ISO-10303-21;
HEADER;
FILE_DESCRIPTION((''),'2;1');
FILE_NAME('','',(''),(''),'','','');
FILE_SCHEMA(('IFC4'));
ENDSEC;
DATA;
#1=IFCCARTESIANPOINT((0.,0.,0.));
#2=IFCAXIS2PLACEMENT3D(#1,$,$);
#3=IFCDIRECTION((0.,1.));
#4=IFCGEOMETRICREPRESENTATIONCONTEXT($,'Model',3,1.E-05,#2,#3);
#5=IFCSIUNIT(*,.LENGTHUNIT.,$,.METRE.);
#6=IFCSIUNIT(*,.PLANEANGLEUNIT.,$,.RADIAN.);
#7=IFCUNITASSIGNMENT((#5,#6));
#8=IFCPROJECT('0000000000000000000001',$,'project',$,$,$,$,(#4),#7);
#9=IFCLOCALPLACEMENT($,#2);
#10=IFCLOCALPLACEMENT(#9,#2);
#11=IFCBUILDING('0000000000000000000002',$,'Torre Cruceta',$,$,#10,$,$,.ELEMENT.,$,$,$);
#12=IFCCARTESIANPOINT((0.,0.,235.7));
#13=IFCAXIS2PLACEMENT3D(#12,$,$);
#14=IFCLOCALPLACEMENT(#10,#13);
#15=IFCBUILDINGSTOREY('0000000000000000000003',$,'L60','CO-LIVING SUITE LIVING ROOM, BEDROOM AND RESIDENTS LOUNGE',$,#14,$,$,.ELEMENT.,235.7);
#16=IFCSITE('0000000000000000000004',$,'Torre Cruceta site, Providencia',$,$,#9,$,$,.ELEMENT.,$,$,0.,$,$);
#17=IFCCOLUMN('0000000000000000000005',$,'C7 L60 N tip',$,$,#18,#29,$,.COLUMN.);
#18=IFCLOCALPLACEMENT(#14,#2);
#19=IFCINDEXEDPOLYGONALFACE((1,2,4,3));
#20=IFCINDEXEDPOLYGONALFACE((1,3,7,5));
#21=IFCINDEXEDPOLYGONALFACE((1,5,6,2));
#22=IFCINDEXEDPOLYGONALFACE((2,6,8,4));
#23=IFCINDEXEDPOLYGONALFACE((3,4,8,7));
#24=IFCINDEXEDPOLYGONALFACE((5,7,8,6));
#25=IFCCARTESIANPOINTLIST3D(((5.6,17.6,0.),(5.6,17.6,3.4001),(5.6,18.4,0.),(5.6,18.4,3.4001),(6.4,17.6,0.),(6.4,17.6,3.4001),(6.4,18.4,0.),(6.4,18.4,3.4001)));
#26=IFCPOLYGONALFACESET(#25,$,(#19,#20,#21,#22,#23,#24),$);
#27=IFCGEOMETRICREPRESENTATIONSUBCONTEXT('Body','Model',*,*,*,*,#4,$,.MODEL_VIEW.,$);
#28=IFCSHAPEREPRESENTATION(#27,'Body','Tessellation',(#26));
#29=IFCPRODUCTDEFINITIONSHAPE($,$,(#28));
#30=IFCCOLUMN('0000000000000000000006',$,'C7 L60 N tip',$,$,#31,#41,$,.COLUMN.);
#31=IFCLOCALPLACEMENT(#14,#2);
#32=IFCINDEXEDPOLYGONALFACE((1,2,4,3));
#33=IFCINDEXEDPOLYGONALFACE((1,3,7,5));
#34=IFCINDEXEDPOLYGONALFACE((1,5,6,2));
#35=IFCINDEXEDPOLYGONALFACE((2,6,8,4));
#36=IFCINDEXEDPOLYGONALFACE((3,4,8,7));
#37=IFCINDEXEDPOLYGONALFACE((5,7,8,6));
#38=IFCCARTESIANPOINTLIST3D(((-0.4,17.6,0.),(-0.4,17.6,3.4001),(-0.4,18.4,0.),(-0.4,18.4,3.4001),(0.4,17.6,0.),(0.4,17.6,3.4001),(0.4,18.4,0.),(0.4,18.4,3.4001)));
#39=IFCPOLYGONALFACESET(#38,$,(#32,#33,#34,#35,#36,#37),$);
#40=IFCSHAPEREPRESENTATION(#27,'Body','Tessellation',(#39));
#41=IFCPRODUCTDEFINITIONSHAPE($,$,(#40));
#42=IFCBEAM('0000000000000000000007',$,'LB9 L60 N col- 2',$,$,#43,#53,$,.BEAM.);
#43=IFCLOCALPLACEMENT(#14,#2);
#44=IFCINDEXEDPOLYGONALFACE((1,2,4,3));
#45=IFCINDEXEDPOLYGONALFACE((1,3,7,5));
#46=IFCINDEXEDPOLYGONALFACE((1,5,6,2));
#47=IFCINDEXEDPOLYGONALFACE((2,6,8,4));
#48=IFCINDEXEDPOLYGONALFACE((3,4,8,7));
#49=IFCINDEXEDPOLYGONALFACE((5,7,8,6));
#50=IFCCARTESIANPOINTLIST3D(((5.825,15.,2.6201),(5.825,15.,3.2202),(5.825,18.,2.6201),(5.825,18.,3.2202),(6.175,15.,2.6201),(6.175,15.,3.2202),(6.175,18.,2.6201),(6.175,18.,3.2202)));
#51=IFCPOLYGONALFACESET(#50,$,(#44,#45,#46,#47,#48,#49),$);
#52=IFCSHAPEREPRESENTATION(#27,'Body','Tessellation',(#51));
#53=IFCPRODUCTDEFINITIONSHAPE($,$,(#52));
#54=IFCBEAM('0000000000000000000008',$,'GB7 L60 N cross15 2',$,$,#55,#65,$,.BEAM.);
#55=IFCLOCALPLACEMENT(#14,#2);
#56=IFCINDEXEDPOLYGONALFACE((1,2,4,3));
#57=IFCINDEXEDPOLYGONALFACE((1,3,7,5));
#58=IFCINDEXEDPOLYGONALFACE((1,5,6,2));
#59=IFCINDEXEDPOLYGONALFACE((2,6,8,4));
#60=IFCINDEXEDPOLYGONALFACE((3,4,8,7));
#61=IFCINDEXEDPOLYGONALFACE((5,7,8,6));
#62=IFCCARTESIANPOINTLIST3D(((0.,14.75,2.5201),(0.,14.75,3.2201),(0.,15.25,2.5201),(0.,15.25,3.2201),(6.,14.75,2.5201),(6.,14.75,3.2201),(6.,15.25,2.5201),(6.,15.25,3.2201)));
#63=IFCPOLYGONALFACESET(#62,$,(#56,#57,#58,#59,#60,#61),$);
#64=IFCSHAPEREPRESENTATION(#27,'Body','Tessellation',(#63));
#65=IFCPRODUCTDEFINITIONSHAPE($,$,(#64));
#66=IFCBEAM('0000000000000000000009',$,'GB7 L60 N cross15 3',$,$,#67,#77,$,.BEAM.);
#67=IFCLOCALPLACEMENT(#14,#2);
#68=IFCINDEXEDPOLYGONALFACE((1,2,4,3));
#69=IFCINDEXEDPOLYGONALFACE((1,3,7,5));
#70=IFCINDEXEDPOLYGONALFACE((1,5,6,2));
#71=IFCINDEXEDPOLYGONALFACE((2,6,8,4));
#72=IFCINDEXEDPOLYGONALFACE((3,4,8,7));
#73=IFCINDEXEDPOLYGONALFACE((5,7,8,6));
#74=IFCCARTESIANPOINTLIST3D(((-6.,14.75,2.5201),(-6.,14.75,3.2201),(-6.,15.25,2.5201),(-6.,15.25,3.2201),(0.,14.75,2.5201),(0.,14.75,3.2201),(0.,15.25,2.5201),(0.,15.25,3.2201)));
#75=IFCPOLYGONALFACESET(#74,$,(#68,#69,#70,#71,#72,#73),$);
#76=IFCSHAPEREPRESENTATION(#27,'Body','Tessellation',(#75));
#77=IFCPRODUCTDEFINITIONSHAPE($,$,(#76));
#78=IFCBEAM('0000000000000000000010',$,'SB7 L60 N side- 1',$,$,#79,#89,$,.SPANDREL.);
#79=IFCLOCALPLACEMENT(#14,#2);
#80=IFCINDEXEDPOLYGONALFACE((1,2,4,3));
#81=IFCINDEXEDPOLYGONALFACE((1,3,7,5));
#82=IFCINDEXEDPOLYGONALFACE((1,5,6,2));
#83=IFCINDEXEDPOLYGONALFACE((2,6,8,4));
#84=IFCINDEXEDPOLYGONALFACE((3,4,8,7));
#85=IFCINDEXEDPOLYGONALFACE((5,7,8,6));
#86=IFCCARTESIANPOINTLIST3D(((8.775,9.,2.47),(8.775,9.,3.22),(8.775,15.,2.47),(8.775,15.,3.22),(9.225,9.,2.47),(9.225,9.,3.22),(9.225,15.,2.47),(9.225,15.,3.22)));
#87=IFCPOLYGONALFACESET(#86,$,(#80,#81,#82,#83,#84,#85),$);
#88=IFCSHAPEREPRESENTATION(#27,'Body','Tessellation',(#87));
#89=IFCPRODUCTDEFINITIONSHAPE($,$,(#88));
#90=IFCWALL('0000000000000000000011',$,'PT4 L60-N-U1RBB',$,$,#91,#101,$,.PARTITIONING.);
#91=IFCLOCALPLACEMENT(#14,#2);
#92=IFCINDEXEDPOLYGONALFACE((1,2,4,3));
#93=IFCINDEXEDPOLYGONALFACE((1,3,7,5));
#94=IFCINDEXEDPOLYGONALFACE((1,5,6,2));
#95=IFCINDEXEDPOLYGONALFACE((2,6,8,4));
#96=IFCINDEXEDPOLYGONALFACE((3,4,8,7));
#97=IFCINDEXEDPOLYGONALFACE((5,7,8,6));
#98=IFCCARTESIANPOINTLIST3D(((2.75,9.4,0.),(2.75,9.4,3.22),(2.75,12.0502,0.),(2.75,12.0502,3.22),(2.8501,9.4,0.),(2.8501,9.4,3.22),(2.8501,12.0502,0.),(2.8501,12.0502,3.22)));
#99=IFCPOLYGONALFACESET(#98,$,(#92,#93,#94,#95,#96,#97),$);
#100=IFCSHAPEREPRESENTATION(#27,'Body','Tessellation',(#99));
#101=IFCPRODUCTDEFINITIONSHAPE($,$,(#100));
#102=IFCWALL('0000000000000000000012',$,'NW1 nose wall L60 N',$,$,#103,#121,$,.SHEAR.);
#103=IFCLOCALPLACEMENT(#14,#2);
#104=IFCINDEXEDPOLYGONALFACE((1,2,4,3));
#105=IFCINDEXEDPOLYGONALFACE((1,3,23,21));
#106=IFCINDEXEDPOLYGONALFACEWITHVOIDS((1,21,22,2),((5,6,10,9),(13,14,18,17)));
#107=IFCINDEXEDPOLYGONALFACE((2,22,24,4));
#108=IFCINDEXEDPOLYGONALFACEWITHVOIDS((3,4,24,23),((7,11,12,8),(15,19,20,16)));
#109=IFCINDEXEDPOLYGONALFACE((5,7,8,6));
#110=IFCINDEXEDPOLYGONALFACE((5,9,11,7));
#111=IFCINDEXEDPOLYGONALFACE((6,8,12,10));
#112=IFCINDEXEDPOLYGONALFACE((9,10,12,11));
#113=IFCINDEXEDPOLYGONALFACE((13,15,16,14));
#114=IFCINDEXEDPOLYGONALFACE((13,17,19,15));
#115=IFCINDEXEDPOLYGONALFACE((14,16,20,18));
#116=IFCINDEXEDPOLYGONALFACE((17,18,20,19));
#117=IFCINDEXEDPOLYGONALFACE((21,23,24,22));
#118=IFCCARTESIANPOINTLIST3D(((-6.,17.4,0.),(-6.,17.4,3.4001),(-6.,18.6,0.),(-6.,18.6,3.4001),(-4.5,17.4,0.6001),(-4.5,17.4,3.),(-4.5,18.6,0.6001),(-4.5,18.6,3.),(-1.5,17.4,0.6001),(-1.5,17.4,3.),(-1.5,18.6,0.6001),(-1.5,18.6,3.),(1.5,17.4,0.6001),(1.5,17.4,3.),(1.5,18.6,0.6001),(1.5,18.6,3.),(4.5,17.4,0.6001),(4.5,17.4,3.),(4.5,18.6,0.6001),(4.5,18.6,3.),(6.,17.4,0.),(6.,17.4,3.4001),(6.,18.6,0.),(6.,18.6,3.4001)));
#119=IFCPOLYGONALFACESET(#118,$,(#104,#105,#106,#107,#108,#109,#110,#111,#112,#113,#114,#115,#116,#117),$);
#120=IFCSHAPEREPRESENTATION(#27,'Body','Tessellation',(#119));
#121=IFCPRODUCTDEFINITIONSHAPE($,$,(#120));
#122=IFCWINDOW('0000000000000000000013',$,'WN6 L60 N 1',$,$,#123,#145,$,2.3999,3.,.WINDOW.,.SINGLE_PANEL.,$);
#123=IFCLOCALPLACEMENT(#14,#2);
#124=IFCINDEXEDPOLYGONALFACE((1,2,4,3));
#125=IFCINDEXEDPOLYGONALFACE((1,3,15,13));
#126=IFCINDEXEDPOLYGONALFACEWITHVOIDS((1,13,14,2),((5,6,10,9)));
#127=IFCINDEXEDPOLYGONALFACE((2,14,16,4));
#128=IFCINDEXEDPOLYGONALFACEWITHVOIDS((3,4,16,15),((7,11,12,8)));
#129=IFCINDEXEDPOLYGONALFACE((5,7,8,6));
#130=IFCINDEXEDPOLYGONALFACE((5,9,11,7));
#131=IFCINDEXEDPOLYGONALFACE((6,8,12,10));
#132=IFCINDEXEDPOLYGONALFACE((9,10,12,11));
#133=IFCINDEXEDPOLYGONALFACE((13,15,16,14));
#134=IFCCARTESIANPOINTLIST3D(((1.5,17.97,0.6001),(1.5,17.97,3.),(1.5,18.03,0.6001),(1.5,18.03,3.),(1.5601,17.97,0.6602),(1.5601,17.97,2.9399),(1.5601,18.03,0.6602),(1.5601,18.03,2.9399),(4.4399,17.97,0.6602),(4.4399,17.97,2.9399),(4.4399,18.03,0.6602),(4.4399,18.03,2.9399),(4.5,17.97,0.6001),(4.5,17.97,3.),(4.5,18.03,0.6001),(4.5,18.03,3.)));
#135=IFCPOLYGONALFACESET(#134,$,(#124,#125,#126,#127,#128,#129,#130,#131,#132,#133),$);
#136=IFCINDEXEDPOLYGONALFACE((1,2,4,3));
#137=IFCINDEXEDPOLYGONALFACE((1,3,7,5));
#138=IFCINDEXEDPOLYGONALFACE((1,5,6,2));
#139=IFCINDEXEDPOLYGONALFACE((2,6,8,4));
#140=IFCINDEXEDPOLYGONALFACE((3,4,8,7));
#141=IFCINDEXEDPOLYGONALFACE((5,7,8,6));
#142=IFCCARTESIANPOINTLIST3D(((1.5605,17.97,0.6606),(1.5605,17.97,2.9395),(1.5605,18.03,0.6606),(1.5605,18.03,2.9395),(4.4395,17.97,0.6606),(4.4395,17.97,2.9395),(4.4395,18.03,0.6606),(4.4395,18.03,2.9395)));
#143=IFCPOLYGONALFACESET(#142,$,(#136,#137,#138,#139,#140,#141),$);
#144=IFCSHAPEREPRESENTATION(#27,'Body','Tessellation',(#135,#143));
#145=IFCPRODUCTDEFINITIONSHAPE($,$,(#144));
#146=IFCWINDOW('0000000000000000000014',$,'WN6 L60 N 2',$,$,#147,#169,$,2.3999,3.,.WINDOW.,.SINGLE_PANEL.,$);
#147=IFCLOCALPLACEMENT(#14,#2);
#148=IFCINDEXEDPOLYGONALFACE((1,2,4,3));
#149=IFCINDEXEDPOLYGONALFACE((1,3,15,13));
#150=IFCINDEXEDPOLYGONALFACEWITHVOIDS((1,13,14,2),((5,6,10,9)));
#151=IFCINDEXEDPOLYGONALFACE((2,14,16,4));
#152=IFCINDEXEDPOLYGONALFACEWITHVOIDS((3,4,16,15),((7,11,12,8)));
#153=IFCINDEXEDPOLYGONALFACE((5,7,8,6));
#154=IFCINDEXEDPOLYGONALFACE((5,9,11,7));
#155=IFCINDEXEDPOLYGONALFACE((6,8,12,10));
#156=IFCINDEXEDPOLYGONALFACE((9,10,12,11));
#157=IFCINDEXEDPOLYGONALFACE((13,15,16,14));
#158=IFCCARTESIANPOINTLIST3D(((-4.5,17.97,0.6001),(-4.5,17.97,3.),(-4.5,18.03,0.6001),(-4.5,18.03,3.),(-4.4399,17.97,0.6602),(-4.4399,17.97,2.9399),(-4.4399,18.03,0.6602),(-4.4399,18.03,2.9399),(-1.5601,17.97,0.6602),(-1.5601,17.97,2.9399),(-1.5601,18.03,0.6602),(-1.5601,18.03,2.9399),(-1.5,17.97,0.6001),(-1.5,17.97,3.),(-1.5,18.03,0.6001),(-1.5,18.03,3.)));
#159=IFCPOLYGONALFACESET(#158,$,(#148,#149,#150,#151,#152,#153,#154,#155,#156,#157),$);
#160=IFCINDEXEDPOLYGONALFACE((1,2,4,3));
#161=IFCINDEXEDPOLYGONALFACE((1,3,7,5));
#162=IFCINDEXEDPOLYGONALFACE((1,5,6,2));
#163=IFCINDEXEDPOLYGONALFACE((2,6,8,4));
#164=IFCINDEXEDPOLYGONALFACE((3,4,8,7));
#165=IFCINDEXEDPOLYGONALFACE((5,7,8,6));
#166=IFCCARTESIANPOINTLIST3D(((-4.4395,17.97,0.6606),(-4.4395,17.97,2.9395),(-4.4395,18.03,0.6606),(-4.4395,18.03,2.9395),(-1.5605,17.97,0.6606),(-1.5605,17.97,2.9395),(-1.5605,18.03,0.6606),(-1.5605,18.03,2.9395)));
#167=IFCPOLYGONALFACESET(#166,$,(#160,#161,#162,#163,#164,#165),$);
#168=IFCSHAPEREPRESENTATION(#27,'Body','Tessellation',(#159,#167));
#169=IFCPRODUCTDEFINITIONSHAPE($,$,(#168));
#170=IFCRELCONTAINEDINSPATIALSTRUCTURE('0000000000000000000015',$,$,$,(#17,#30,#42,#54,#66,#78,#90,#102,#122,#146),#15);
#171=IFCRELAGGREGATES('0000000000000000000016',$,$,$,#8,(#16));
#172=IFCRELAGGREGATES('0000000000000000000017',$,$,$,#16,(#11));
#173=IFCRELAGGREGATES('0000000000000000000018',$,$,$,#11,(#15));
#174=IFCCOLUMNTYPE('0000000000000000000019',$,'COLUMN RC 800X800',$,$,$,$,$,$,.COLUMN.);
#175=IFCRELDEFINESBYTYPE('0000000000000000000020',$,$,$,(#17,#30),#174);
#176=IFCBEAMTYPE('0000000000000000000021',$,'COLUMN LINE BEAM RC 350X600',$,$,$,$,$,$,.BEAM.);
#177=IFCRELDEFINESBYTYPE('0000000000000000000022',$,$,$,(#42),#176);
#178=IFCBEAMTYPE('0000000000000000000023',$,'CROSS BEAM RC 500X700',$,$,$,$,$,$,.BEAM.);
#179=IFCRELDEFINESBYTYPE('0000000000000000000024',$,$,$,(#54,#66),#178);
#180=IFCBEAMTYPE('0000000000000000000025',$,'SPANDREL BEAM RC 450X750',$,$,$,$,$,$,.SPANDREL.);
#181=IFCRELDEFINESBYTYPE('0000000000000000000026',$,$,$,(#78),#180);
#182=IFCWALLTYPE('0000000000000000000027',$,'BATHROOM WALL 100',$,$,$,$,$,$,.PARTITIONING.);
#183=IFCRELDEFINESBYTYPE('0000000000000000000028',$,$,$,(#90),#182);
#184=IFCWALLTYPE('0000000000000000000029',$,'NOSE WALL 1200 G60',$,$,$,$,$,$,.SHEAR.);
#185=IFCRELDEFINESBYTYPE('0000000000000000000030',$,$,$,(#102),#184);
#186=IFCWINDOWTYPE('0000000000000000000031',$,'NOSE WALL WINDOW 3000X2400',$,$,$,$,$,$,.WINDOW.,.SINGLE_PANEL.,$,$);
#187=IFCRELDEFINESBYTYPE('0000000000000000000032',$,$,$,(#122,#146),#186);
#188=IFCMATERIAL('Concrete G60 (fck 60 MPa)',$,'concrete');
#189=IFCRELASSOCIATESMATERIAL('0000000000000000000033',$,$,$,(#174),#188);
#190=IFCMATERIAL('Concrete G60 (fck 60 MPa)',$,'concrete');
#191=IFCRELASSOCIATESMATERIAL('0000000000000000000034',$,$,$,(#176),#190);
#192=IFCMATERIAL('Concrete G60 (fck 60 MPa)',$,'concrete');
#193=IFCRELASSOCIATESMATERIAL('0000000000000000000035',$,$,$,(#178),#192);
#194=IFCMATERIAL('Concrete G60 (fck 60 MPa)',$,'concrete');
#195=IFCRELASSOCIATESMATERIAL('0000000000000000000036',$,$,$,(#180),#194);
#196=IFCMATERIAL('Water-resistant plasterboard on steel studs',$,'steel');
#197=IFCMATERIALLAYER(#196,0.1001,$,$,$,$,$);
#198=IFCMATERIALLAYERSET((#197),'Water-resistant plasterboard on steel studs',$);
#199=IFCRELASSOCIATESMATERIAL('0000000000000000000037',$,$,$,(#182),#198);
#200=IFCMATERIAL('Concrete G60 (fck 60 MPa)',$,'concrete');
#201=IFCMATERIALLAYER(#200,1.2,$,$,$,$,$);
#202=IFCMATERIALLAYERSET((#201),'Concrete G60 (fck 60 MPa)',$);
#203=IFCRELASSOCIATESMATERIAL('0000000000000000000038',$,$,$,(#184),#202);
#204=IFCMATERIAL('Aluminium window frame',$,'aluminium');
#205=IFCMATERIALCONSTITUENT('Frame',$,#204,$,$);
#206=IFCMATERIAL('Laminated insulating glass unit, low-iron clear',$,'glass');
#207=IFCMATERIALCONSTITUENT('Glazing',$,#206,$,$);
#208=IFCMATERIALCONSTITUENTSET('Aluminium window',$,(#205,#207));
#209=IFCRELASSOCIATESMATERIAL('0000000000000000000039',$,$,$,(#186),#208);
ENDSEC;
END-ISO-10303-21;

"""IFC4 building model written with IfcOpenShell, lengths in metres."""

from ifc_helpers import new_model, si_unit, direction, frame, frame_2d, origin, origin_2d, place, context, subcontext, project, spatial, rectangle, hollow_rectangle, extrude, material, layer, layer_set, constituent, constituent_set, material_profile, profile_set, type_object, element, fill, save


model = new_model("IFC4")

# Units and contexts
model_context = context("Model", 3, precision=1e-05, world=origin(), true_north=direction((0.0, 1.0)))
body_context = subcontext(model_context, "Body", "Model", "MODEL_VIEW")
ifc_project = project(units=[si_unit("LENGTHUNIT", "METRE"), si_unit("PLANEANGLEUNIT", "RADIAN")], contexts=[model_context])

# Site, building, storey
site_placement = place(None, origin())
site = spatial("IfcSite", under=ifc_project, at=site_placement, Name="Torre Cruceta site, Providencia", CompositionType="ELEMENT", RefElevation=0.0)
building_placement = place(site_placement, origin())
building = spatial("IfcBuilding", under=site, at=building_placement, Name="Torre Cruceta", CompositionType="ELEMENT")
storey_placement = place(building_placement, frame((0.0, 0.0, 235.7)))
storey = spatial("IfcBuildingStorey", under=building, at=storey_placement, Name="L60", Description="CO-LIVING SUITE LIVING ROOM, BEDROOM AND RESIDENTS LOUNGE", CompositionType="ELEMENT", Elevation=235.7)

# Columns
ifc_material_1 = material(Name="Concrete G60 (fck 60 MPa)", Category="concrete")
ifc_material_profile_1 = material_profile(ifc_material_1, rectangle(XDim=0.8, YDim=0.8, at=origin_2d()), Name="RC 800X800")
ifc_profile_set_1 = profile_set([ifc_material_profile_1], Name="Concrete G60 (fck 60 MPa)")
column_type = type_object("IfcColumnType", Name="COLUMN RC 800X800", PredefinedType="COLUMN", material=ifc_profile_set_1)
for number, where, z_axis, x_axis, name in (
    (1, (6.0, 18.0, 0.0), (0.0, 0.0, 1.0), (1.0, 0.0, 0.0), "C7 L60 N tip"),
    (2, (0.0, 18.0, 0.0), (0.0, 0.0, 1.0), (1.0, 0.0, 0.0), "C7 L60 N tip"),
):
    element("IfcColumn", number, at=place(storey_placement, frame(where, z_axis=z_axis, x_axis=x_axis)), inside=storey, type_object=column_type, Name=name, PredefinedType="COLUMN", context=body_context, shape_type="SweptSolid", body=[
        extrude(rectangle(XDim=0.8, YDim=0.8, at=origin_2d()), origin(), (0.0, 0.0, 1.0), 3.4001),
    ])

# Beams
ifc_material_2 = material(Name="Concrete G60 (fck 60 MPa)", Category="concrete")
ifc_material_profile_2 = material_profile(ifc_material_2, rectangle(XDim=0.3501, YDim=0.6001, at=origin_2d()), Name="RC 350X600")
ifc_profile_set_2 = profile_set([ifc_material_profile_2], Name="Concrete G60 (fck 60 MPa)")
beam_type_1 = type_object("IfcBeamType", Name="COLUMN LINE BEAM RC 350X600", PredefinedType="BEAM", material=ifc_profile_set_2)
beam_1_placement = place(storey_placement, frame((6.0, 15.0, 2.9202), z_axis=(0.0, 1.0, 0.0), x_axis=(-1.0, 0.0, 0.0)))
element("IfcBeam", 3, at=beam_1_placement, inside=storey, type_object=beam_type_1, Name="LB9 L60 N col- 2", PredefinedType="BEAM", context=body_context, shape_type="SweptSolid", body=[
    extrude(rectangle(XDim=0.3501, YDim=0.6001, at=origin_2d()), origin(), (0.0, 0.0, 1.0), 3.0),
])
ifc_material_3 = material(Name="Concrete G60 (fck 60 MPa)", Category="concrete")
ifc_material_profile_3 = material_profile(ifc_material_3, rectangle(XDim=0.5, YDim=0.7, at=origin_2d()), Name="RC 500X700")
ifc_profile_set_3 = profile_set([ifc_material_profile_3], Name="Concrete G60 (fck 60 MPa)")
beam_type_2 = type_object("IfcBeamType", Name="CROSS BEAM RC 500X700", PredefinedType="BEAM", material=ifc_profile_set_3)
for number, where, z_axis, x_axis, name in (
    (4, (6.0, 15.0, 2.8701), (-1.0, 0.0, 0.0), (0.0, -1.0, 0.0), "GB7 L60 N cross15 2"),
    (5, (0.0, 15.0, 2.8701), (-1.0, 0.0, 0.0), (0.0, -1.0, 0.0), "GB7 L60 N cross15 3"),
):
    element("IfcBeam", number, at=place(storey_placement, frame(where, z_axis=z_axis, x_axis=x_axis)), inside=storey, type_object=beam_type_2, Name=name, PredefinedType="BEAM", context=body_context, shape_type="SweptSolid", body=[
        extrude(rectangle(XDim=0.5, YDim=0.7, at=origin_2d()), origin(), (0.0, 0.0, 1.0), 6.0),
    ])
ifc_material_4 = material(Name="Concrete G60 (fck 60 MPa)", Category="concrete")
ifc_material_profile_4 = material_profile(ifc_material_4, rectangle(XDim=0.45, YDim=0.75, at=origin_2d()), Name="RC 450X750")
ifc_profile_set_4 = profile_set([ifc_material_profile_4], Name="Concrete G60 (fck 60 MPa)")
beam_type_3 = type_object("IfcBeamType", Name="SPANDREL BEAM RC 450X750", PredefinedType="SPANDREL", material=ifc_profile_set_4)
beam_2_placement = place(storey_placement, frame((9.0, 9.0, 2.845), z_axis=(0.0, 1.0, 0.0), x_axis=(-1.0, 0.0, 0.0)))
element("IfcBeam", 6, at=beam_2_placement, inside=storey, type_object=beam_type_3, Name="SB7 L60 N side- 1", PredefinedType="SPANDREL", context=body_context, shape_type="SweptSolid", body=[
    extrude(rectangle(XDim=0.45, YDim=0.75, at=origin_2d()), origin(), (0.0, 0.0, 1.0), 6.0),
])

# Wall
ifc_material_5 = material(Name="Water-resistant plasterboard on steel studs", Category="steel")
ifc_layer_1 = layer(ifc_material_5, 0.1001)
ifc_layer_set_1 = layer_set([ifc_layer_1], Name="Water-resistant plasterboard on steel studs")
wall_type_1 = type_object("IfcWallType", Name="BATHROOM WALL 100", PredefinedType="PARTITIONING", material=ifc_layer_set_1)
wall_1_placement = place(storey_placement, frame((2.8, 9.3999, 0.0), z_axis=(0.0, 0.0, 1.0), x_axis=(0.0, 1.0, 0.0)))
element("IfcWall", 7, at=wall_1_placement, inside=storey, type_object=wall_type_1, Name="PT4 L60-N-U1RBB", PredefinedType="PARTITIONING", context=body_context, shape_type="SweptSolid", body=[
    extrude(rectangle(XDim=2.6501, YDim=0.1001, at=frame_2d((1.3252, 0.0))), origin(), (0.0, 0.0, 1.0), 3.22),
])

# Wall, openings, windows
ifc_material_6 = material(Name="Concrete G60 (fck 60 MPa)", Category="concrete")
ifc_layer_2 = layer(ifc_material_6, 1.2)
ifc_layer_set_2 = layer_set([ifc_layer_2], Name="Concrete G60 (fck 60 MPa)")
wall_type_2 = type_object("IfcWallType", Name="NOSE WALL 1200 G60", PredefinedType="SHEAR", material=ifc_layer_set_2)
wall_2_placement = place(storey_placement, frame((6.0, 18.0, 0.0), z_axis=(0.0, 0.0, 1.0), x_axis=(-1.0, 0.0, 0.0)))
wall_2 = element("IfcWall", 8, at=wall_2_placement, inside=storey, type_object=wall_type_2, Name="NW1 nose wall L60 N", PredefinedType="SHEAR", context=body_context, shape_type="SweptSolid", body=[
    extrude(rectangle(XDim=12.0, YDim=1.2, at=frame_2d((6.0, 0.0))), origin(), (0.0, 0.0, 1.0), 3.4001),
])
opening_1_placement = place(wall_2_placement, frame((1.5, 0.0, 0.6001)))
opening_1 = element("IfcOpeningElement", 9, at=opening_1_placement, cuts=wall_2, PredefinedType="OPENING", context=body_context, shape_type="SweptSolid", body=[
    extrude(rectangle(XDim=3.0, YDim=2.3999, at=frame_2d((1.5, 1.2))), frame((0.0, 0.6099, 0.0), z_axis=(0.0, -1.0, 0.0), x_axis=(1.0, 0.0, 0.0)), (0.0, 0.0, 1.0), 1.22),
])
opening_2_placement = place(wall_2_placement, frame((7.5, 0.0, 0.6001)))
opening_2 = element("IfcOpeningElement", 10, at=opening_2_placement, cuts=wall_2, PredefinedType="OPENING", context=body_context, shape_type="SweptSolid", body=[
    extrude(rectangle(XDim=3.0, YDim=2.3999, at=frame_2d((1.5, 1.2))), frame((0.0, 0.6099, 0.0), z_axis=(0.0, -1.0, 0.0), x_axis=(1.0, 0.0, 0.0)), (0.0, 0.0, 1.0), 1.22),
])
ifc_material_7 = material(Name="Aluminium window frame", Category="aluminium")
ifc_constituent_1 = constituent(ifc_material_7, Name="Frame")
ifc_material_8 = material(Name="Laminated insulating glass unit, low-iron clear", Category="glass")
ifc_constituent_2 = constituent(ifc_material_8, Name="Glazing")
ifc_constituent_set_1 = constituent_set(constituents=[ifc_constituent_1, ifc_constituent_2], Name="Aluminium window")
window_type = type_object("IfcWindowType", Name="NOSE WALL WINDOW 3000X2400", PartitioningType="SINGLE_PANEL", PredefinedType="WINDOW", material=ifc_constituent_set_1)
window_1_placement = place(opening_1_placement, origin())
window_1 = element("IfcWindow", 11, at=window_1_placement, inside=storey, type_object=window_type, Name="WN6 L60 N 1", OverallHeight=2.3999, OverallWidth=3.0, PartitioningType="SINGLE_PANEL", PredefinedType="WINDOW", context=body_context, shape_type="SweptSolid", body=[
    extrude(hollow_rectangle(XDim=3.0, YDim=2.3999, WallThickness=0.0601, at=frame_2d((1.5, 1.2))), frame((0.0, 0.03, 0.0), z_axis=(0.0, -1.0, 0.0), x_axis=(1.0, 0.0, 0.0)), (0.0, 0.0, 1.0), 0.0601),
    extrude(rectangle(XDim=2.8789, YDim=2.2788, at=frame_2d((1.5, 1.2))), frame((0.0, 0.03, 0.0), z_axis=(0.0, -1.0, 0.0), x_axis=(1.0, 0.0, 0.0)), (0.0, 0.0, 1.0), 0.0601),
])
fill(opening_1, window_1)
window_2_placement = place(opening_2_placement, origin())
window_2 = element("IfcWindow", 12, at=window_2_placement, inside=storey, type_object=window_type, Name="WN6 L60 N 2", OverallHeight=2.3999, OverallWidth=3.0, PartitioningType="SINGLE_PANEL", PredefinedType="WINDOW", context=body_context, shape_type="SweptSolid", body=[
    extrude(hollow_rectangle(XDim=3.0, YDim=2.3999, WallThickness=0.0601, at=frame_2d((1.5, 1.2))), frame((0.0, 0.03, 0.0), z_axis=(0.0, -1.0, 0.0), x_axis=(1.0, 0.0, 0.0)), (0.0, 0.0, 1.0), 0.0601),
    extrude(rectangle(XDim=2.8789, YDim=2.2788, at=frame_2d((1.5, 1.2))), frame((0.0, 0.03, 0.0), z_axis=(0.0, -1.0, 0.0), x_axis=(1.0, 0.0, 0.0)), (0.0, 0.0, 1.0), 0.0601),
])
fill(opening_2, window_2)

save(model, "model.ifc")
